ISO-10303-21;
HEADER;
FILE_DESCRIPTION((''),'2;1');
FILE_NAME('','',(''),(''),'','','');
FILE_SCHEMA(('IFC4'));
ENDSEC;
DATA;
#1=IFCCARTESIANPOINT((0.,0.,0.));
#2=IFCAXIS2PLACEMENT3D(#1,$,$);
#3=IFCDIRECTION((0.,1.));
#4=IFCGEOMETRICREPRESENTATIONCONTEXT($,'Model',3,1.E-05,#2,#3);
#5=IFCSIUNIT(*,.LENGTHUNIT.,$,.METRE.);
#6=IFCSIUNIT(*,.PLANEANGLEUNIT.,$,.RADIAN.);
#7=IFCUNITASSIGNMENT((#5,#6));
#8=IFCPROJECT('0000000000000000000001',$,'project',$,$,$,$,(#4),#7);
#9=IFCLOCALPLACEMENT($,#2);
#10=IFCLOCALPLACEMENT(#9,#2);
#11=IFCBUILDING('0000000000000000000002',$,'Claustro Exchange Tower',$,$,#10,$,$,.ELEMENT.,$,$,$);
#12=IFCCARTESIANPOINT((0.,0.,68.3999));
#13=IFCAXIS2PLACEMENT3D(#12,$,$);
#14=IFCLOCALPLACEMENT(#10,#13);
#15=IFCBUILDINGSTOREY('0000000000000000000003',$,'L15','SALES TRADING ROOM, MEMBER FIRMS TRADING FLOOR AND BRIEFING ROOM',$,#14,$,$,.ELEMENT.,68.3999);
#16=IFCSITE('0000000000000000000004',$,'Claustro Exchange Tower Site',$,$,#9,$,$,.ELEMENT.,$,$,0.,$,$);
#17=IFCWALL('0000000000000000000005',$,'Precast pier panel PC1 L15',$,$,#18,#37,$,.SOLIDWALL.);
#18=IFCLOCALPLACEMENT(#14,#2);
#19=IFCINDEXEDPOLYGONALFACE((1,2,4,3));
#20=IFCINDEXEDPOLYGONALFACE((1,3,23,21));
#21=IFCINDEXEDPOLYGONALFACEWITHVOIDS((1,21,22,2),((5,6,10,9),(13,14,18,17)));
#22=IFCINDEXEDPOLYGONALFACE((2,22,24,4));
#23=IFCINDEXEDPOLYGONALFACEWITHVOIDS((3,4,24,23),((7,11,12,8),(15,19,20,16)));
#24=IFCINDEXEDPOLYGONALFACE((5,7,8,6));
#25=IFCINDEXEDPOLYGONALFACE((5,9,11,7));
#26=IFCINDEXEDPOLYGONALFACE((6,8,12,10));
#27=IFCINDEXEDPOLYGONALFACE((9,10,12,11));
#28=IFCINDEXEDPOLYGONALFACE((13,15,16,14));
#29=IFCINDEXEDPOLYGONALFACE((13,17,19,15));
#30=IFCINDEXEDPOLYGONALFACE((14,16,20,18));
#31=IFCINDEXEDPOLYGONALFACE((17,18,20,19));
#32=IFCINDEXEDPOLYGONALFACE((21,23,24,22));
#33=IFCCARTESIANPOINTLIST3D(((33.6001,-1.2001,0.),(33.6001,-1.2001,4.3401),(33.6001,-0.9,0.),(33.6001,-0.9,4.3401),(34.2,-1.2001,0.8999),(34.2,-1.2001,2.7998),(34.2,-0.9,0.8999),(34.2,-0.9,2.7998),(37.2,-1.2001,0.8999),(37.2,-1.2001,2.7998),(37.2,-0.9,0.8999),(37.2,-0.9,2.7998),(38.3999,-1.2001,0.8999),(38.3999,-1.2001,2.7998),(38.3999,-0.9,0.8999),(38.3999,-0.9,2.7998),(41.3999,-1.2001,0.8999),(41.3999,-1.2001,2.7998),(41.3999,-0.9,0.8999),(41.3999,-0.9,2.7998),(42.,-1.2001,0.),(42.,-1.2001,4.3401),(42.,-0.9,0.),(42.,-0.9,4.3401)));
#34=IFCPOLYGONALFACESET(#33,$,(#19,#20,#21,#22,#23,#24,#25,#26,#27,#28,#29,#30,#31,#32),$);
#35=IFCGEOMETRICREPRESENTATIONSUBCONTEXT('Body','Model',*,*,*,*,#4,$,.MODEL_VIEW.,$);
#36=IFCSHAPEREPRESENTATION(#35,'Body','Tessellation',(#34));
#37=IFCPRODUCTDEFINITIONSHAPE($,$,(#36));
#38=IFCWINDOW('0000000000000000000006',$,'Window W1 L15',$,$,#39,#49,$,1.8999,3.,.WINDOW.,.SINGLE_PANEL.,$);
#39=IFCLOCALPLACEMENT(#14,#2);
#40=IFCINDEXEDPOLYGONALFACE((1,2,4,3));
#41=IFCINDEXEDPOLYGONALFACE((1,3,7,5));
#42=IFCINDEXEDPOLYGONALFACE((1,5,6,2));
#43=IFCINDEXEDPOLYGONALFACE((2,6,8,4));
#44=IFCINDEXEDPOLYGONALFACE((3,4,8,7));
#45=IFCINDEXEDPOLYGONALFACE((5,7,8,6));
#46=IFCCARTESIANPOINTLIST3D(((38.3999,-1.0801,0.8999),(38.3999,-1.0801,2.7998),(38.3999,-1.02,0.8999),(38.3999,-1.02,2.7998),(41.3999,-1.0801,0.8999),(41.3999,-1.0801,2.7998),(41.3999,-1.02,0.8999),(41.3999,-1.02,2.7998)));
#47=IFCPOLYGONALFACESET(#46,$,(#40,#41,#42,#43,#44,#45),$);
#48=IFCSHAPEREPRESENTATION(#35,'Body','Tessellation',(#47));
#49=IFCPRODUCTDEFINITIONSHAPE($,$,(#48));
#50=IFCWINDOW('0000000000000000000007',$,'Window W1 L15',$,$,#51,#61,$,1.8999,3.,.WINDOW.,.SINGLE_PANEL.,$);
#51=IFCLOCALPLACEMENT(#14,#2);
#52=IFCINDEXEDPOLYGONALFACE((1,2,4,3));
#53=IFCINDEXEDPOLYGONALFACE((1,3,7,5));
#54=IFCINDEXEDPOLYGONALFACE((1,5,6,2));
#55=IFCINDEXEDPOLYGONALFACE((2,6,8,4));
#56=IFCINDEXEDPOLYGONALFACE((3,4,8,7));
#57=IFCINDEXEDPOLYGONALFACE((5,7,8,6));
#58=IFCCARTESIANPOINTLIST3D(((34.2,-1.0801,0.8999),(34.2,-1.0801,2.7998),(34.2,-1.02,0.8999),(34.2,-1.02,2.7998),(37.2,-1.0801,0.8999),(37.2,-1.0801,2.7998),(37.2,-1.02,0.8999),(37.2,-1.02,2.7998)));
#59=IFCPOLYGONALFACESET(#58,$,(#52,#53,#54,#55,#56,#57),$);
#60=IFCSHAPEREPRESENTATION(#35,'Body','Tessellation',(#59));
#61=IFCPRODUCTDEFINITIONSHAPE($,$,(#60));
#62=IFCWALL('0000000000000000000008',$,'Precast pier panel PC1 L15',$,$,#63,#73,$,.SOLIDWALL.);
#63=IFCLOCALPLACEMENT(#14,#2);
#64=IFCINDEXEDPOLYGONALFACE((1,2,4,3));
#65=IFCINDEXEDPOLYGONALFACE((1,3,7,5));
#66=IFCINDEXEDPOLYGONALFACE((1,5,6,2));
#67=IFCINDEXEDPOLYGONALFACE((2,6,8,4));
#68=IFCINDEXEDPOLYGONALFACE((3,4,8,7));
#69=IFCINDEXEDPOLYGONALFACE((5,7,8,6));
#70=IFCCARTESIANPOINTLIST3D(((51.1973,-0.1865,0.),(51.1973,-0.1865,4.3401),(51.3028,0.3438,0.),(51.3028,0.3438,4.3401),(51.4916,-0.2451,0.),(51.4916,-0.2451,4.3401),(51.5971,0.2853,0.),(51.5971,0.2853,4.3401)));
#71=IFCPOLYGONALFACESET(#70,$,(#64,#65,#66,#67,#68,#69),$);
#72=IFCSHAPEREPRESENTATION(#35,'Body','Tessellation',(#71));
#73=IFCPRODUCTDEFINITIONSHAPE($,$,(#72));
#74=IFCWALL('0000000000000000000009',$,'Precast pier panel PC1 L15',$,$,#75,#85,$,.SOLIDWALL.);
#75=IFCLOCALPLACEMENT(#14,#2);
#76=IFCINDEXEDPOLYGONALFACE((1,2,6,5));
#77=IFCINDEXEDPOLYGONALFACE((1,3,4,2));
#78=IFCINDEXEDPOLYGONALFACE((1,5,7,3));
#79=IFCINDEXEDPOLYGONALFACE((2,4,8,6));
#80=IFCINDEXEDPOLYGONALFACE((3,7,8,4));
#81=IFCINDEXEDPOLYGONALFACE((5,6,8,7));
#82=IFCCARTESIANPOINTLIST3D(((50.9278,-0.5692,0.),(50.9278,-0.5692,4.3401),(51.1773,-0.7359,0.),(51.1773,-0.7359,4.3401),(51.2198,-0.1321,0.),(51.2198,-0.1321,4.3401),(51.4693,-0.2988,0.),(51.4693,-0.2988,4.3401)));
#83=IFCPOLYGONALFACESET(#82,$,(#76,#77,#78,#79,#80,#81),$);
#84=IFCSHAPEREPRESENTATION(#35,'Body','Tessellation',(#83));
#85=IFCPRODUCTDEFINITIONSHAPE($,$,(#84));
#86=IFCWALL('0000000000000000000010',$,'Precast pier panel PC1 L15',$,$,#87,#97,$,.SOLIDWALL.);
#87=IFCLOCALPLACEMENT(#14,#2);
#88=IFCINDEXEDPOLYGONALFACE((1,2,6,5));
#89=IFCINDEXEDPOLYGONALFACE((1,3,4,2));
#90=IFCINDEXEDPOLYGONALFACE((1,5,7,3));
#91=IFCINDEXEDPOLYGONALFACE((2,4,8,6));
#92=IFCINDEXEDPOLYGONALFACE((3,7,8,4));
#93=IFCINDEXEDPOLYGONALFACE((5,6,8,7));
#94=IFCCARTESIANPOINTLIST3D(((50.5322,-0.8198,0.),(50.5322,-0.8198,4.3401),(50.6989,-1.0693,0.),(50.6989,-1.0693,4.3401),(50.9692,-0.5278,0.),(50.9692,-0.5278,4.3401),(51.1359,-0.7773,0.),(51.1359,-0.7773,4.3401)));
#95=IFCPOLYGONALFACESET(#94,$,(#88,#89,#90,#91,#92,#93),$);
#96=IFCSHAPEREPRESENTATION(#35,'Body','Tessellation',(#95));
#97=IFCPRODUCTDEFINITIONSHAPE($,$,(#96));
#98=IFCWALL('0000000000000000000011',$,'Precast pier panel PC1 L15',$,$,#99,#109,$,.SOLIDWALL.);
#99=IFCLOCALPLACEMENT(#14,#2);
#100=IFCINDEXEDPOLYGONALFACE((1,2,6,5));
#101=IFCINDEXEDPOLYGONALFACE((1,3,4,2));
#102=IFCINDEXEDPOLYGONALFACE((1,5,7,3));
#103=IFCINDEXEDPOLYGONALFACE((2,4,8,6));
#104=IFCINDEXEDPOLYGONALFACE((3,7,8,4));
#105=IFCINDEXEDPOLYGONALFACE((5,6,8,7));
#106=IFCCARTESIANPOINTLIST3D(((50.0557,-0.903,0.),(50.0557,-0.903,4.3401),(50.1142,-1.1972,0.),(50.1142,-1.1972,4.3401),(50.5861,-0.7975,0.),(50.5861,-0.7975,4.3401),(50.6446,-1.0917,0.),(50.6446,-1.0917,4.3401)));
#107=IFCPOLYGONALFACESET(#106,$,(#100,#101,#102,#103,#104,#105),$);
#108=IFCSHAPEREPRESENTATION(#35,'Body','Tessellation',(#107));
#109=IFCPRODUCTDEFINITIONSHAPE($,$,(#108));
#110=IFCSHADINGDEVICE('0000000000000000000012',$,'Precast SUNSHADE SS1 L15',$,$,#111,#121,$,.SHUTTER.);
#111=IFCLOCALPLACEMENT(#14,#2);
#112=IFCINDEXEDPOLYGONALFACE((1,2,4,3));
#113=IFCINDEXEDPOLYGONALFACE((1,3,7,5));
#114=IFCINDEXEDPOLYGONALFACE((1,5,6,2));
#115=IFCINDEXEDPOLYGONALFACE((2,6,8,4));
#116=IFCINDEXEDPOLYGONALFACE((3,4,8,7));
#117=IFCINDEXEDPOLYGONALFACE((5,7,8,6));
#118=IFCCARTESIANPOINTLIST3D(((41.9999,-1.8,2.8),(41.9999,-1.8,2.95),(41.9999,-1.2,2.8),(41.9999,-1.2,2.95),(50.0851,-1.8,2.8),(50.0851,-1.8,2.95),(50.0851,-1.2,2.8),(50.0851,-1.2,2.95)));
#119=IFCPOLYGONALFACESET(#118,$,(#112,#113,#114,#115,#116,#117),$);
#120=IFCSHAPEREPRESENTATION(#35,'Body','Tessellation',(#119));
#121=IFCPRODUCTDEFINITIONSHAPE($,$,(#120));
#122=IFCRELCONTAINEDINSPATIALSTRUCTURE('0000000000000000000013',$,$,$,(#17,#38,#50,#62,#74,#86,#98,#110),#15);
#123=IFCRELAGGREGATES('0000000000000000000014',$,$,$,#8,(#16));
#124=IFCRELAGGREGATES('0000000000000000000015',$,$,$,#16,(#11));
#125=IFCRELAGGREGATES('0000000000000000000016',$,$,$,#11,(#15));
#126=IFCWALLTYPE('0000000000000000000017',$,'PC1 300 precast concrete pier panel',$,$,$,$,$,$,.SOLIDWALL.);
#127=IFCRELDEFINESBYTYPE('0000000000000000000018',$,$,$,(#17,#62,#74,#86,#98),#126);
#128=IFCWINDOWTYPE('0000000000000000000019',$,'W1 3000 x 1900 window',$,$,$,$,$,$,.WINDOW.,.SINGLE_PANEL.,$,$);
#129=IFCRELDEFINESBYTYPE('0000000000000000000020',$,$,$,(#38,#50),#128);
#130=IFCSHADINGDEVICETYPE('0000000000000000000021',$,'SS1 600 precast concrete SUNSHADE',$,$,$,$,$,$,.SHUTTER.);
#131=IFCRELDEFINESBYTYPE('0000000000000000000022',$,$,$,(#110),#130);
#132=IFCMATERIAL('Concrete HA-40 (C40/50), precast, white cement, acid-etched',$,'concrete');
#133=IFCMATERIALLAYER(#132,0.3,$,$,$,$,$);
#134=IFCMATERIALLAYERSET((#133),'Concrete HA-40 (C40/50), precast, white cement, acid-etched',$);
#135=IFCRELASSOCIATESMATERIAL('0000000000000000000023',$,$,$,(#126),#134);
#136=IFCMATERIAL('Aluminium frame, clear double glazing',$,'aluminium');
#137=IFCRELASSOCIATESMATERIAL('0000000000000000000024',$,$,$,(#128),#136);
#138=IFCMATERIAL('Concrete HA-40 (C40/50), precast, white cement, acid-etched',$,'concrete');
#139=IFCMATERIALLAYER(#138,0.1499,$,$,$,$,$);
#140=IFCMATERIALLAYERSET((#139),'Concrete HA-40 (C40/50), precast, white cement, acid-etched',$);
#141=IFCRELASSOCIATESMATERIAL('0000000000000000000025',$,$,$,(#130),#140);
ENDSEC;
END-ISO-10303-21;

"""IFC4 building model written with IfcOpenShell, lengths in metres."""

from ifc_helpers import new_model, si_unit, direction, frame, frame_2d, origin, origin_2d, place, context, subcontext, project, spatial, rectangle, extrude, material, layer, layer_set, type_object, element, fill, save


model = new_model("IFC4")

# Units and contexts
model_context = context("Model", 3, precision=1e-05, world=origin(), true_north=direction((0.0, 1.0)))
body_context = subcontext(model_context, "Body", "Model", "MODEL_VIEW")
ifc_project = project(units=[si_unit("LENGTHUNIT", "METRE"), si_unit("PLANEANGLEUNIT", "RADIAN")], contexts=[model_context])

# Site, building, storey
site_placement = place(None, origin())
site = spatial("IfcSite", under=ifc_project, at=site_placement, Name="Claustro Exchange Tower Site", CompositionType="ELEMENT", RefElevation=0.0)
building_placement = place(site_placement, origin())
building = spatial("IfcBuilding", under=site, at=building_placement, Name="Claustro Exchange Tower", CompositionType="ELEMENT")
storey_placement = place(building_placement, frame((0.0, 0.0, 68.3999)))
storey = spatial("IfcBuildingStorey", under=building, at=storey_placement, Name="L15", Description="SALES TRADING ROOM, MEMBER FIRMS TRADING FLOOR AND BRIEFING ROOM", CompositionType="ELEMENT", Elevation=68.3999)

# Wall, openings, windows
ifc_material_1 = material(Name="Concrete HA-40 (C40/50), precast, white cement, acid-etched", Category="concrete")
ifc_layer_1 = layer(ifc_material_1, 0.3)
ifc_layer_set_1 = layer_set([ifc_layer_1], Name="Concrete HA-40 (C40/50), precast, white cement, acid-etched")
wall_type_1 = type_object("IfcWallType", Name="PC1 300 precast concrete pier panel", PredefinedType="SOLIDWALL", material=ifc_layer_set_1)
ifc_material_2 = material(Name="Aluminium frame, clear double glazing", Category="aluminium")
window_type = type_object("IfcWindowType", Name="W1 3000 x 1900 window", PartitioningType="SINGLE_PANEL", PredefinedType="WINDOW", material=ifc_material_2)
wall_1_placement = place(storey_placement, frame((42.0, -1.05, 0.0), z_axis=(0.0, 0.0, 1.0), x_axis=(-1.0, 0.0, 0.0)))
wall_1 = element("IfcWall", 1, at=wall_1_placement, inside=storey, type_object=wall_type_1, Name="Precast pier panel PC1 L15", PredefinedType="SOLIDWALL", context=body_context, shape_type="SweptSolid", body=[
    extrude(rectangle(XDim=8.3999, YDim=0.3, at=frame_2d((4.2, 0.0))), origin(), (0.0, 0.0, 1.0), 4.3401),
])
opening_1_placement = place(wall_1_placement, frame((0.6001, 0.0, 0.8999)))
opening_1 = element("IfcOpeningElement", 2, at=opening_1_placement, cuts=wall_1, PredefinedType="OPENING", context=body_context, shape_type="SweptSolid", body=[
    extrude(rectangle(XDim=3.0, YDim=1.8999, at=frame_2d((1.5, 0.95))), frame((0.0, 0.1599, 0.0), z_axis=(0.0, -1.0, 0.0), x_axis=(1.0, 0.0, 0.0)), (0.0, 0.0, 1.0), 0.3201),
])
opening_2_placement = place(wall_1_placement, frame((4.8, 0.0, 0.8999)))
opening_2 = element("IfcOpeningElement", 3, at=opening_2_placement, cuts=wall_1, PredefinedType="OPENING", context=body_context, shape_type="SweptSolid", body=[
    extrude(rectangle(XDim=3.0, YDim=1.8999, at=frame_2d((1.5, 0.95))), frame((0.0, 0.1599, 0.0), z_axis=(0.0, -1.0, 0.0), x_axis=(1.0, 0.0, 0.0)), (0.0, 0.0, 1.0), 0.3201),
])
window_1_placement = place(opening_1_placement, origin())
window_1 = element("IfcWindow", 4, at=window_1_placement, inside=storey, type_object=window_type, Name="Window W1 L15", OverallHeight=1.8999, OverallWidth=3.0, PartitioningType="SINGLE_PANEL", PredefinedType="WINDOW", context=body_context, shape_type="SweptSolid", body=[
    extrude(rectangle(XDim=3.0, YDim=1.8999, at=frame_2d((1.5, 0.95))), frame((0.0, 0.03, 0.0), z_axis=(0.0, -1.0, 0.0), x_axis=(1.0, 0.0, 0.0)), (0.0, 0.0, 1.0), 0.0601),
])
fill(opening_1, window_1)
window_2_placement = place(opening_2_placement, origin())
window_2 = element("IfcWindow", 5, at=window_2_placement, inside=storey, type_object=window_type, Name="Window W1 L15", OverallHeight=1.8999, OverallWidth=3.0, PartitioningType="SINGLE_PANEL", PredefinedType="WINDOW", context=body_context, shape_type="SweptSolid", body=[
    extrude(rectangle(XDim=3.0, YDim=1.8999, at=frame_2d((1.5, 0.95))), frame((0.0, 0.03, 0.0), z_axis=(0.0, -1.0, 0.0), x_axis=(1.0, 0.0, 0.0)), (0.0, 0.0, 1.0), 0.0601),
])
fill(opening_2, window_2)

# Walls
wall_2_placement = place(storey_placement, frame((51.45, 0.3147, 0.0), z_axis=(0.0, 0.0, 1.0), x_axis=(-0.195074, -0.980789, 0.0)))
element("IfcWall", 6, at=wall_2_placement, inside=storey, type_object=wall_type_1, Name="Precast pier panel PC1 L15", PredefinedType="SOLIDWALL", context=body_context, shape_type="SweptSolid", body=[
    extrude(rectangle(XDim=0.5408, YDim=0.3, at=frame_2d((0.2705, 0.0))), origin(), (0.0, 0.0, 1.0), 4.3401),
])
for number, where, z_axis, x_axis, name in (
    (7, (51.3445, -0.2156, 0.0), (0.0, 0.0, 1.0), (-0.555557, -0.831478, 0.0), "Precast pier panel PC1 L15"),
    (8, (51.0525, -0.6526, 0.0), (0.0, 0.0, 1.0), (-0.831478, -0.555557, 0.0), "Precast pier panel PC1 L15"),
):
    element("IfcWall", number, at=place(storey_placement, frame(where, z_axis=z_axis, x_axis=x_axis)), inside=storey, type_object=wall_type_1, Name=name, PredefinedType="SOLIDWALL", context=body_context, shape_type="SweptSolid", body=[
        extrude(rectangle(XDim=0.5256, YDim=0.3, at=frame_2d((0.2627, 0.0))), origin(), (0.0, 0.0, 1.0), 4.3401),
    ])
wall_3_placement = place(storey_placement, frame((50.6155, -0.9446, 0.0), z_axis=(0.0, 0.0, 1.0), x_axis=(-0.980789, -0.195074, 0.0)))
element("IfcWall", 9, at=wall_3_placement, inside=storey, type_object=wall_type_1, Name="Precast pier panel PC1 L15", PredefinedType="SOLIDWALL", context=body_context, shape_type="SweptSolid", body=[
    extrude(rectangle(XDim=0.5408, YDim=0.3, at=frame_2d((0.2705, 0.0))), origin(), (0.0, 0.0, 1.0), 4.3401),
])

# Shading device
ifc_material_3 = material(Name="Concrete HA-40 (C40/50), precast, white cement, acid-etched", Category="concrete")
ifc_layer_2 = layer(ifc_material_3, 0.1499)
ifc_layer_set_2 = layer_set([ifc_layer_2], Name="Concrete HA-40 (C40/50), precast, white cement, acid-etched")
shading_device_type = type_object("IfcShadingDeviceType", Name="SS1 600 precast concrete SUNSHADE", PredefinedType="SHUTTER", material=ifc_layer_set_2)
shading_device_placement = place(storey_placement, frame((46.0425, -1.5, 2.8), z_axis=(0.0, 0.0, 1.0), x_axis=(-1.0, 0.0, 0.0)))
element("IfcShadingDevice", 10, at=shading_device_placement, inside=storey, type_object=shading_device_type, Name="Precast SUNSHADE SS1 L15", PredefinedType="SHUTTER", context=body_context, shape_type="SweptSolid", body=[
    extrude(rectangle(XDim=8.0852, YDim=0.6001, at=origin_2d()), origin(), (0.0, 0.0, 1.0), 0.1499),
])

save(model, "model.ifc")
